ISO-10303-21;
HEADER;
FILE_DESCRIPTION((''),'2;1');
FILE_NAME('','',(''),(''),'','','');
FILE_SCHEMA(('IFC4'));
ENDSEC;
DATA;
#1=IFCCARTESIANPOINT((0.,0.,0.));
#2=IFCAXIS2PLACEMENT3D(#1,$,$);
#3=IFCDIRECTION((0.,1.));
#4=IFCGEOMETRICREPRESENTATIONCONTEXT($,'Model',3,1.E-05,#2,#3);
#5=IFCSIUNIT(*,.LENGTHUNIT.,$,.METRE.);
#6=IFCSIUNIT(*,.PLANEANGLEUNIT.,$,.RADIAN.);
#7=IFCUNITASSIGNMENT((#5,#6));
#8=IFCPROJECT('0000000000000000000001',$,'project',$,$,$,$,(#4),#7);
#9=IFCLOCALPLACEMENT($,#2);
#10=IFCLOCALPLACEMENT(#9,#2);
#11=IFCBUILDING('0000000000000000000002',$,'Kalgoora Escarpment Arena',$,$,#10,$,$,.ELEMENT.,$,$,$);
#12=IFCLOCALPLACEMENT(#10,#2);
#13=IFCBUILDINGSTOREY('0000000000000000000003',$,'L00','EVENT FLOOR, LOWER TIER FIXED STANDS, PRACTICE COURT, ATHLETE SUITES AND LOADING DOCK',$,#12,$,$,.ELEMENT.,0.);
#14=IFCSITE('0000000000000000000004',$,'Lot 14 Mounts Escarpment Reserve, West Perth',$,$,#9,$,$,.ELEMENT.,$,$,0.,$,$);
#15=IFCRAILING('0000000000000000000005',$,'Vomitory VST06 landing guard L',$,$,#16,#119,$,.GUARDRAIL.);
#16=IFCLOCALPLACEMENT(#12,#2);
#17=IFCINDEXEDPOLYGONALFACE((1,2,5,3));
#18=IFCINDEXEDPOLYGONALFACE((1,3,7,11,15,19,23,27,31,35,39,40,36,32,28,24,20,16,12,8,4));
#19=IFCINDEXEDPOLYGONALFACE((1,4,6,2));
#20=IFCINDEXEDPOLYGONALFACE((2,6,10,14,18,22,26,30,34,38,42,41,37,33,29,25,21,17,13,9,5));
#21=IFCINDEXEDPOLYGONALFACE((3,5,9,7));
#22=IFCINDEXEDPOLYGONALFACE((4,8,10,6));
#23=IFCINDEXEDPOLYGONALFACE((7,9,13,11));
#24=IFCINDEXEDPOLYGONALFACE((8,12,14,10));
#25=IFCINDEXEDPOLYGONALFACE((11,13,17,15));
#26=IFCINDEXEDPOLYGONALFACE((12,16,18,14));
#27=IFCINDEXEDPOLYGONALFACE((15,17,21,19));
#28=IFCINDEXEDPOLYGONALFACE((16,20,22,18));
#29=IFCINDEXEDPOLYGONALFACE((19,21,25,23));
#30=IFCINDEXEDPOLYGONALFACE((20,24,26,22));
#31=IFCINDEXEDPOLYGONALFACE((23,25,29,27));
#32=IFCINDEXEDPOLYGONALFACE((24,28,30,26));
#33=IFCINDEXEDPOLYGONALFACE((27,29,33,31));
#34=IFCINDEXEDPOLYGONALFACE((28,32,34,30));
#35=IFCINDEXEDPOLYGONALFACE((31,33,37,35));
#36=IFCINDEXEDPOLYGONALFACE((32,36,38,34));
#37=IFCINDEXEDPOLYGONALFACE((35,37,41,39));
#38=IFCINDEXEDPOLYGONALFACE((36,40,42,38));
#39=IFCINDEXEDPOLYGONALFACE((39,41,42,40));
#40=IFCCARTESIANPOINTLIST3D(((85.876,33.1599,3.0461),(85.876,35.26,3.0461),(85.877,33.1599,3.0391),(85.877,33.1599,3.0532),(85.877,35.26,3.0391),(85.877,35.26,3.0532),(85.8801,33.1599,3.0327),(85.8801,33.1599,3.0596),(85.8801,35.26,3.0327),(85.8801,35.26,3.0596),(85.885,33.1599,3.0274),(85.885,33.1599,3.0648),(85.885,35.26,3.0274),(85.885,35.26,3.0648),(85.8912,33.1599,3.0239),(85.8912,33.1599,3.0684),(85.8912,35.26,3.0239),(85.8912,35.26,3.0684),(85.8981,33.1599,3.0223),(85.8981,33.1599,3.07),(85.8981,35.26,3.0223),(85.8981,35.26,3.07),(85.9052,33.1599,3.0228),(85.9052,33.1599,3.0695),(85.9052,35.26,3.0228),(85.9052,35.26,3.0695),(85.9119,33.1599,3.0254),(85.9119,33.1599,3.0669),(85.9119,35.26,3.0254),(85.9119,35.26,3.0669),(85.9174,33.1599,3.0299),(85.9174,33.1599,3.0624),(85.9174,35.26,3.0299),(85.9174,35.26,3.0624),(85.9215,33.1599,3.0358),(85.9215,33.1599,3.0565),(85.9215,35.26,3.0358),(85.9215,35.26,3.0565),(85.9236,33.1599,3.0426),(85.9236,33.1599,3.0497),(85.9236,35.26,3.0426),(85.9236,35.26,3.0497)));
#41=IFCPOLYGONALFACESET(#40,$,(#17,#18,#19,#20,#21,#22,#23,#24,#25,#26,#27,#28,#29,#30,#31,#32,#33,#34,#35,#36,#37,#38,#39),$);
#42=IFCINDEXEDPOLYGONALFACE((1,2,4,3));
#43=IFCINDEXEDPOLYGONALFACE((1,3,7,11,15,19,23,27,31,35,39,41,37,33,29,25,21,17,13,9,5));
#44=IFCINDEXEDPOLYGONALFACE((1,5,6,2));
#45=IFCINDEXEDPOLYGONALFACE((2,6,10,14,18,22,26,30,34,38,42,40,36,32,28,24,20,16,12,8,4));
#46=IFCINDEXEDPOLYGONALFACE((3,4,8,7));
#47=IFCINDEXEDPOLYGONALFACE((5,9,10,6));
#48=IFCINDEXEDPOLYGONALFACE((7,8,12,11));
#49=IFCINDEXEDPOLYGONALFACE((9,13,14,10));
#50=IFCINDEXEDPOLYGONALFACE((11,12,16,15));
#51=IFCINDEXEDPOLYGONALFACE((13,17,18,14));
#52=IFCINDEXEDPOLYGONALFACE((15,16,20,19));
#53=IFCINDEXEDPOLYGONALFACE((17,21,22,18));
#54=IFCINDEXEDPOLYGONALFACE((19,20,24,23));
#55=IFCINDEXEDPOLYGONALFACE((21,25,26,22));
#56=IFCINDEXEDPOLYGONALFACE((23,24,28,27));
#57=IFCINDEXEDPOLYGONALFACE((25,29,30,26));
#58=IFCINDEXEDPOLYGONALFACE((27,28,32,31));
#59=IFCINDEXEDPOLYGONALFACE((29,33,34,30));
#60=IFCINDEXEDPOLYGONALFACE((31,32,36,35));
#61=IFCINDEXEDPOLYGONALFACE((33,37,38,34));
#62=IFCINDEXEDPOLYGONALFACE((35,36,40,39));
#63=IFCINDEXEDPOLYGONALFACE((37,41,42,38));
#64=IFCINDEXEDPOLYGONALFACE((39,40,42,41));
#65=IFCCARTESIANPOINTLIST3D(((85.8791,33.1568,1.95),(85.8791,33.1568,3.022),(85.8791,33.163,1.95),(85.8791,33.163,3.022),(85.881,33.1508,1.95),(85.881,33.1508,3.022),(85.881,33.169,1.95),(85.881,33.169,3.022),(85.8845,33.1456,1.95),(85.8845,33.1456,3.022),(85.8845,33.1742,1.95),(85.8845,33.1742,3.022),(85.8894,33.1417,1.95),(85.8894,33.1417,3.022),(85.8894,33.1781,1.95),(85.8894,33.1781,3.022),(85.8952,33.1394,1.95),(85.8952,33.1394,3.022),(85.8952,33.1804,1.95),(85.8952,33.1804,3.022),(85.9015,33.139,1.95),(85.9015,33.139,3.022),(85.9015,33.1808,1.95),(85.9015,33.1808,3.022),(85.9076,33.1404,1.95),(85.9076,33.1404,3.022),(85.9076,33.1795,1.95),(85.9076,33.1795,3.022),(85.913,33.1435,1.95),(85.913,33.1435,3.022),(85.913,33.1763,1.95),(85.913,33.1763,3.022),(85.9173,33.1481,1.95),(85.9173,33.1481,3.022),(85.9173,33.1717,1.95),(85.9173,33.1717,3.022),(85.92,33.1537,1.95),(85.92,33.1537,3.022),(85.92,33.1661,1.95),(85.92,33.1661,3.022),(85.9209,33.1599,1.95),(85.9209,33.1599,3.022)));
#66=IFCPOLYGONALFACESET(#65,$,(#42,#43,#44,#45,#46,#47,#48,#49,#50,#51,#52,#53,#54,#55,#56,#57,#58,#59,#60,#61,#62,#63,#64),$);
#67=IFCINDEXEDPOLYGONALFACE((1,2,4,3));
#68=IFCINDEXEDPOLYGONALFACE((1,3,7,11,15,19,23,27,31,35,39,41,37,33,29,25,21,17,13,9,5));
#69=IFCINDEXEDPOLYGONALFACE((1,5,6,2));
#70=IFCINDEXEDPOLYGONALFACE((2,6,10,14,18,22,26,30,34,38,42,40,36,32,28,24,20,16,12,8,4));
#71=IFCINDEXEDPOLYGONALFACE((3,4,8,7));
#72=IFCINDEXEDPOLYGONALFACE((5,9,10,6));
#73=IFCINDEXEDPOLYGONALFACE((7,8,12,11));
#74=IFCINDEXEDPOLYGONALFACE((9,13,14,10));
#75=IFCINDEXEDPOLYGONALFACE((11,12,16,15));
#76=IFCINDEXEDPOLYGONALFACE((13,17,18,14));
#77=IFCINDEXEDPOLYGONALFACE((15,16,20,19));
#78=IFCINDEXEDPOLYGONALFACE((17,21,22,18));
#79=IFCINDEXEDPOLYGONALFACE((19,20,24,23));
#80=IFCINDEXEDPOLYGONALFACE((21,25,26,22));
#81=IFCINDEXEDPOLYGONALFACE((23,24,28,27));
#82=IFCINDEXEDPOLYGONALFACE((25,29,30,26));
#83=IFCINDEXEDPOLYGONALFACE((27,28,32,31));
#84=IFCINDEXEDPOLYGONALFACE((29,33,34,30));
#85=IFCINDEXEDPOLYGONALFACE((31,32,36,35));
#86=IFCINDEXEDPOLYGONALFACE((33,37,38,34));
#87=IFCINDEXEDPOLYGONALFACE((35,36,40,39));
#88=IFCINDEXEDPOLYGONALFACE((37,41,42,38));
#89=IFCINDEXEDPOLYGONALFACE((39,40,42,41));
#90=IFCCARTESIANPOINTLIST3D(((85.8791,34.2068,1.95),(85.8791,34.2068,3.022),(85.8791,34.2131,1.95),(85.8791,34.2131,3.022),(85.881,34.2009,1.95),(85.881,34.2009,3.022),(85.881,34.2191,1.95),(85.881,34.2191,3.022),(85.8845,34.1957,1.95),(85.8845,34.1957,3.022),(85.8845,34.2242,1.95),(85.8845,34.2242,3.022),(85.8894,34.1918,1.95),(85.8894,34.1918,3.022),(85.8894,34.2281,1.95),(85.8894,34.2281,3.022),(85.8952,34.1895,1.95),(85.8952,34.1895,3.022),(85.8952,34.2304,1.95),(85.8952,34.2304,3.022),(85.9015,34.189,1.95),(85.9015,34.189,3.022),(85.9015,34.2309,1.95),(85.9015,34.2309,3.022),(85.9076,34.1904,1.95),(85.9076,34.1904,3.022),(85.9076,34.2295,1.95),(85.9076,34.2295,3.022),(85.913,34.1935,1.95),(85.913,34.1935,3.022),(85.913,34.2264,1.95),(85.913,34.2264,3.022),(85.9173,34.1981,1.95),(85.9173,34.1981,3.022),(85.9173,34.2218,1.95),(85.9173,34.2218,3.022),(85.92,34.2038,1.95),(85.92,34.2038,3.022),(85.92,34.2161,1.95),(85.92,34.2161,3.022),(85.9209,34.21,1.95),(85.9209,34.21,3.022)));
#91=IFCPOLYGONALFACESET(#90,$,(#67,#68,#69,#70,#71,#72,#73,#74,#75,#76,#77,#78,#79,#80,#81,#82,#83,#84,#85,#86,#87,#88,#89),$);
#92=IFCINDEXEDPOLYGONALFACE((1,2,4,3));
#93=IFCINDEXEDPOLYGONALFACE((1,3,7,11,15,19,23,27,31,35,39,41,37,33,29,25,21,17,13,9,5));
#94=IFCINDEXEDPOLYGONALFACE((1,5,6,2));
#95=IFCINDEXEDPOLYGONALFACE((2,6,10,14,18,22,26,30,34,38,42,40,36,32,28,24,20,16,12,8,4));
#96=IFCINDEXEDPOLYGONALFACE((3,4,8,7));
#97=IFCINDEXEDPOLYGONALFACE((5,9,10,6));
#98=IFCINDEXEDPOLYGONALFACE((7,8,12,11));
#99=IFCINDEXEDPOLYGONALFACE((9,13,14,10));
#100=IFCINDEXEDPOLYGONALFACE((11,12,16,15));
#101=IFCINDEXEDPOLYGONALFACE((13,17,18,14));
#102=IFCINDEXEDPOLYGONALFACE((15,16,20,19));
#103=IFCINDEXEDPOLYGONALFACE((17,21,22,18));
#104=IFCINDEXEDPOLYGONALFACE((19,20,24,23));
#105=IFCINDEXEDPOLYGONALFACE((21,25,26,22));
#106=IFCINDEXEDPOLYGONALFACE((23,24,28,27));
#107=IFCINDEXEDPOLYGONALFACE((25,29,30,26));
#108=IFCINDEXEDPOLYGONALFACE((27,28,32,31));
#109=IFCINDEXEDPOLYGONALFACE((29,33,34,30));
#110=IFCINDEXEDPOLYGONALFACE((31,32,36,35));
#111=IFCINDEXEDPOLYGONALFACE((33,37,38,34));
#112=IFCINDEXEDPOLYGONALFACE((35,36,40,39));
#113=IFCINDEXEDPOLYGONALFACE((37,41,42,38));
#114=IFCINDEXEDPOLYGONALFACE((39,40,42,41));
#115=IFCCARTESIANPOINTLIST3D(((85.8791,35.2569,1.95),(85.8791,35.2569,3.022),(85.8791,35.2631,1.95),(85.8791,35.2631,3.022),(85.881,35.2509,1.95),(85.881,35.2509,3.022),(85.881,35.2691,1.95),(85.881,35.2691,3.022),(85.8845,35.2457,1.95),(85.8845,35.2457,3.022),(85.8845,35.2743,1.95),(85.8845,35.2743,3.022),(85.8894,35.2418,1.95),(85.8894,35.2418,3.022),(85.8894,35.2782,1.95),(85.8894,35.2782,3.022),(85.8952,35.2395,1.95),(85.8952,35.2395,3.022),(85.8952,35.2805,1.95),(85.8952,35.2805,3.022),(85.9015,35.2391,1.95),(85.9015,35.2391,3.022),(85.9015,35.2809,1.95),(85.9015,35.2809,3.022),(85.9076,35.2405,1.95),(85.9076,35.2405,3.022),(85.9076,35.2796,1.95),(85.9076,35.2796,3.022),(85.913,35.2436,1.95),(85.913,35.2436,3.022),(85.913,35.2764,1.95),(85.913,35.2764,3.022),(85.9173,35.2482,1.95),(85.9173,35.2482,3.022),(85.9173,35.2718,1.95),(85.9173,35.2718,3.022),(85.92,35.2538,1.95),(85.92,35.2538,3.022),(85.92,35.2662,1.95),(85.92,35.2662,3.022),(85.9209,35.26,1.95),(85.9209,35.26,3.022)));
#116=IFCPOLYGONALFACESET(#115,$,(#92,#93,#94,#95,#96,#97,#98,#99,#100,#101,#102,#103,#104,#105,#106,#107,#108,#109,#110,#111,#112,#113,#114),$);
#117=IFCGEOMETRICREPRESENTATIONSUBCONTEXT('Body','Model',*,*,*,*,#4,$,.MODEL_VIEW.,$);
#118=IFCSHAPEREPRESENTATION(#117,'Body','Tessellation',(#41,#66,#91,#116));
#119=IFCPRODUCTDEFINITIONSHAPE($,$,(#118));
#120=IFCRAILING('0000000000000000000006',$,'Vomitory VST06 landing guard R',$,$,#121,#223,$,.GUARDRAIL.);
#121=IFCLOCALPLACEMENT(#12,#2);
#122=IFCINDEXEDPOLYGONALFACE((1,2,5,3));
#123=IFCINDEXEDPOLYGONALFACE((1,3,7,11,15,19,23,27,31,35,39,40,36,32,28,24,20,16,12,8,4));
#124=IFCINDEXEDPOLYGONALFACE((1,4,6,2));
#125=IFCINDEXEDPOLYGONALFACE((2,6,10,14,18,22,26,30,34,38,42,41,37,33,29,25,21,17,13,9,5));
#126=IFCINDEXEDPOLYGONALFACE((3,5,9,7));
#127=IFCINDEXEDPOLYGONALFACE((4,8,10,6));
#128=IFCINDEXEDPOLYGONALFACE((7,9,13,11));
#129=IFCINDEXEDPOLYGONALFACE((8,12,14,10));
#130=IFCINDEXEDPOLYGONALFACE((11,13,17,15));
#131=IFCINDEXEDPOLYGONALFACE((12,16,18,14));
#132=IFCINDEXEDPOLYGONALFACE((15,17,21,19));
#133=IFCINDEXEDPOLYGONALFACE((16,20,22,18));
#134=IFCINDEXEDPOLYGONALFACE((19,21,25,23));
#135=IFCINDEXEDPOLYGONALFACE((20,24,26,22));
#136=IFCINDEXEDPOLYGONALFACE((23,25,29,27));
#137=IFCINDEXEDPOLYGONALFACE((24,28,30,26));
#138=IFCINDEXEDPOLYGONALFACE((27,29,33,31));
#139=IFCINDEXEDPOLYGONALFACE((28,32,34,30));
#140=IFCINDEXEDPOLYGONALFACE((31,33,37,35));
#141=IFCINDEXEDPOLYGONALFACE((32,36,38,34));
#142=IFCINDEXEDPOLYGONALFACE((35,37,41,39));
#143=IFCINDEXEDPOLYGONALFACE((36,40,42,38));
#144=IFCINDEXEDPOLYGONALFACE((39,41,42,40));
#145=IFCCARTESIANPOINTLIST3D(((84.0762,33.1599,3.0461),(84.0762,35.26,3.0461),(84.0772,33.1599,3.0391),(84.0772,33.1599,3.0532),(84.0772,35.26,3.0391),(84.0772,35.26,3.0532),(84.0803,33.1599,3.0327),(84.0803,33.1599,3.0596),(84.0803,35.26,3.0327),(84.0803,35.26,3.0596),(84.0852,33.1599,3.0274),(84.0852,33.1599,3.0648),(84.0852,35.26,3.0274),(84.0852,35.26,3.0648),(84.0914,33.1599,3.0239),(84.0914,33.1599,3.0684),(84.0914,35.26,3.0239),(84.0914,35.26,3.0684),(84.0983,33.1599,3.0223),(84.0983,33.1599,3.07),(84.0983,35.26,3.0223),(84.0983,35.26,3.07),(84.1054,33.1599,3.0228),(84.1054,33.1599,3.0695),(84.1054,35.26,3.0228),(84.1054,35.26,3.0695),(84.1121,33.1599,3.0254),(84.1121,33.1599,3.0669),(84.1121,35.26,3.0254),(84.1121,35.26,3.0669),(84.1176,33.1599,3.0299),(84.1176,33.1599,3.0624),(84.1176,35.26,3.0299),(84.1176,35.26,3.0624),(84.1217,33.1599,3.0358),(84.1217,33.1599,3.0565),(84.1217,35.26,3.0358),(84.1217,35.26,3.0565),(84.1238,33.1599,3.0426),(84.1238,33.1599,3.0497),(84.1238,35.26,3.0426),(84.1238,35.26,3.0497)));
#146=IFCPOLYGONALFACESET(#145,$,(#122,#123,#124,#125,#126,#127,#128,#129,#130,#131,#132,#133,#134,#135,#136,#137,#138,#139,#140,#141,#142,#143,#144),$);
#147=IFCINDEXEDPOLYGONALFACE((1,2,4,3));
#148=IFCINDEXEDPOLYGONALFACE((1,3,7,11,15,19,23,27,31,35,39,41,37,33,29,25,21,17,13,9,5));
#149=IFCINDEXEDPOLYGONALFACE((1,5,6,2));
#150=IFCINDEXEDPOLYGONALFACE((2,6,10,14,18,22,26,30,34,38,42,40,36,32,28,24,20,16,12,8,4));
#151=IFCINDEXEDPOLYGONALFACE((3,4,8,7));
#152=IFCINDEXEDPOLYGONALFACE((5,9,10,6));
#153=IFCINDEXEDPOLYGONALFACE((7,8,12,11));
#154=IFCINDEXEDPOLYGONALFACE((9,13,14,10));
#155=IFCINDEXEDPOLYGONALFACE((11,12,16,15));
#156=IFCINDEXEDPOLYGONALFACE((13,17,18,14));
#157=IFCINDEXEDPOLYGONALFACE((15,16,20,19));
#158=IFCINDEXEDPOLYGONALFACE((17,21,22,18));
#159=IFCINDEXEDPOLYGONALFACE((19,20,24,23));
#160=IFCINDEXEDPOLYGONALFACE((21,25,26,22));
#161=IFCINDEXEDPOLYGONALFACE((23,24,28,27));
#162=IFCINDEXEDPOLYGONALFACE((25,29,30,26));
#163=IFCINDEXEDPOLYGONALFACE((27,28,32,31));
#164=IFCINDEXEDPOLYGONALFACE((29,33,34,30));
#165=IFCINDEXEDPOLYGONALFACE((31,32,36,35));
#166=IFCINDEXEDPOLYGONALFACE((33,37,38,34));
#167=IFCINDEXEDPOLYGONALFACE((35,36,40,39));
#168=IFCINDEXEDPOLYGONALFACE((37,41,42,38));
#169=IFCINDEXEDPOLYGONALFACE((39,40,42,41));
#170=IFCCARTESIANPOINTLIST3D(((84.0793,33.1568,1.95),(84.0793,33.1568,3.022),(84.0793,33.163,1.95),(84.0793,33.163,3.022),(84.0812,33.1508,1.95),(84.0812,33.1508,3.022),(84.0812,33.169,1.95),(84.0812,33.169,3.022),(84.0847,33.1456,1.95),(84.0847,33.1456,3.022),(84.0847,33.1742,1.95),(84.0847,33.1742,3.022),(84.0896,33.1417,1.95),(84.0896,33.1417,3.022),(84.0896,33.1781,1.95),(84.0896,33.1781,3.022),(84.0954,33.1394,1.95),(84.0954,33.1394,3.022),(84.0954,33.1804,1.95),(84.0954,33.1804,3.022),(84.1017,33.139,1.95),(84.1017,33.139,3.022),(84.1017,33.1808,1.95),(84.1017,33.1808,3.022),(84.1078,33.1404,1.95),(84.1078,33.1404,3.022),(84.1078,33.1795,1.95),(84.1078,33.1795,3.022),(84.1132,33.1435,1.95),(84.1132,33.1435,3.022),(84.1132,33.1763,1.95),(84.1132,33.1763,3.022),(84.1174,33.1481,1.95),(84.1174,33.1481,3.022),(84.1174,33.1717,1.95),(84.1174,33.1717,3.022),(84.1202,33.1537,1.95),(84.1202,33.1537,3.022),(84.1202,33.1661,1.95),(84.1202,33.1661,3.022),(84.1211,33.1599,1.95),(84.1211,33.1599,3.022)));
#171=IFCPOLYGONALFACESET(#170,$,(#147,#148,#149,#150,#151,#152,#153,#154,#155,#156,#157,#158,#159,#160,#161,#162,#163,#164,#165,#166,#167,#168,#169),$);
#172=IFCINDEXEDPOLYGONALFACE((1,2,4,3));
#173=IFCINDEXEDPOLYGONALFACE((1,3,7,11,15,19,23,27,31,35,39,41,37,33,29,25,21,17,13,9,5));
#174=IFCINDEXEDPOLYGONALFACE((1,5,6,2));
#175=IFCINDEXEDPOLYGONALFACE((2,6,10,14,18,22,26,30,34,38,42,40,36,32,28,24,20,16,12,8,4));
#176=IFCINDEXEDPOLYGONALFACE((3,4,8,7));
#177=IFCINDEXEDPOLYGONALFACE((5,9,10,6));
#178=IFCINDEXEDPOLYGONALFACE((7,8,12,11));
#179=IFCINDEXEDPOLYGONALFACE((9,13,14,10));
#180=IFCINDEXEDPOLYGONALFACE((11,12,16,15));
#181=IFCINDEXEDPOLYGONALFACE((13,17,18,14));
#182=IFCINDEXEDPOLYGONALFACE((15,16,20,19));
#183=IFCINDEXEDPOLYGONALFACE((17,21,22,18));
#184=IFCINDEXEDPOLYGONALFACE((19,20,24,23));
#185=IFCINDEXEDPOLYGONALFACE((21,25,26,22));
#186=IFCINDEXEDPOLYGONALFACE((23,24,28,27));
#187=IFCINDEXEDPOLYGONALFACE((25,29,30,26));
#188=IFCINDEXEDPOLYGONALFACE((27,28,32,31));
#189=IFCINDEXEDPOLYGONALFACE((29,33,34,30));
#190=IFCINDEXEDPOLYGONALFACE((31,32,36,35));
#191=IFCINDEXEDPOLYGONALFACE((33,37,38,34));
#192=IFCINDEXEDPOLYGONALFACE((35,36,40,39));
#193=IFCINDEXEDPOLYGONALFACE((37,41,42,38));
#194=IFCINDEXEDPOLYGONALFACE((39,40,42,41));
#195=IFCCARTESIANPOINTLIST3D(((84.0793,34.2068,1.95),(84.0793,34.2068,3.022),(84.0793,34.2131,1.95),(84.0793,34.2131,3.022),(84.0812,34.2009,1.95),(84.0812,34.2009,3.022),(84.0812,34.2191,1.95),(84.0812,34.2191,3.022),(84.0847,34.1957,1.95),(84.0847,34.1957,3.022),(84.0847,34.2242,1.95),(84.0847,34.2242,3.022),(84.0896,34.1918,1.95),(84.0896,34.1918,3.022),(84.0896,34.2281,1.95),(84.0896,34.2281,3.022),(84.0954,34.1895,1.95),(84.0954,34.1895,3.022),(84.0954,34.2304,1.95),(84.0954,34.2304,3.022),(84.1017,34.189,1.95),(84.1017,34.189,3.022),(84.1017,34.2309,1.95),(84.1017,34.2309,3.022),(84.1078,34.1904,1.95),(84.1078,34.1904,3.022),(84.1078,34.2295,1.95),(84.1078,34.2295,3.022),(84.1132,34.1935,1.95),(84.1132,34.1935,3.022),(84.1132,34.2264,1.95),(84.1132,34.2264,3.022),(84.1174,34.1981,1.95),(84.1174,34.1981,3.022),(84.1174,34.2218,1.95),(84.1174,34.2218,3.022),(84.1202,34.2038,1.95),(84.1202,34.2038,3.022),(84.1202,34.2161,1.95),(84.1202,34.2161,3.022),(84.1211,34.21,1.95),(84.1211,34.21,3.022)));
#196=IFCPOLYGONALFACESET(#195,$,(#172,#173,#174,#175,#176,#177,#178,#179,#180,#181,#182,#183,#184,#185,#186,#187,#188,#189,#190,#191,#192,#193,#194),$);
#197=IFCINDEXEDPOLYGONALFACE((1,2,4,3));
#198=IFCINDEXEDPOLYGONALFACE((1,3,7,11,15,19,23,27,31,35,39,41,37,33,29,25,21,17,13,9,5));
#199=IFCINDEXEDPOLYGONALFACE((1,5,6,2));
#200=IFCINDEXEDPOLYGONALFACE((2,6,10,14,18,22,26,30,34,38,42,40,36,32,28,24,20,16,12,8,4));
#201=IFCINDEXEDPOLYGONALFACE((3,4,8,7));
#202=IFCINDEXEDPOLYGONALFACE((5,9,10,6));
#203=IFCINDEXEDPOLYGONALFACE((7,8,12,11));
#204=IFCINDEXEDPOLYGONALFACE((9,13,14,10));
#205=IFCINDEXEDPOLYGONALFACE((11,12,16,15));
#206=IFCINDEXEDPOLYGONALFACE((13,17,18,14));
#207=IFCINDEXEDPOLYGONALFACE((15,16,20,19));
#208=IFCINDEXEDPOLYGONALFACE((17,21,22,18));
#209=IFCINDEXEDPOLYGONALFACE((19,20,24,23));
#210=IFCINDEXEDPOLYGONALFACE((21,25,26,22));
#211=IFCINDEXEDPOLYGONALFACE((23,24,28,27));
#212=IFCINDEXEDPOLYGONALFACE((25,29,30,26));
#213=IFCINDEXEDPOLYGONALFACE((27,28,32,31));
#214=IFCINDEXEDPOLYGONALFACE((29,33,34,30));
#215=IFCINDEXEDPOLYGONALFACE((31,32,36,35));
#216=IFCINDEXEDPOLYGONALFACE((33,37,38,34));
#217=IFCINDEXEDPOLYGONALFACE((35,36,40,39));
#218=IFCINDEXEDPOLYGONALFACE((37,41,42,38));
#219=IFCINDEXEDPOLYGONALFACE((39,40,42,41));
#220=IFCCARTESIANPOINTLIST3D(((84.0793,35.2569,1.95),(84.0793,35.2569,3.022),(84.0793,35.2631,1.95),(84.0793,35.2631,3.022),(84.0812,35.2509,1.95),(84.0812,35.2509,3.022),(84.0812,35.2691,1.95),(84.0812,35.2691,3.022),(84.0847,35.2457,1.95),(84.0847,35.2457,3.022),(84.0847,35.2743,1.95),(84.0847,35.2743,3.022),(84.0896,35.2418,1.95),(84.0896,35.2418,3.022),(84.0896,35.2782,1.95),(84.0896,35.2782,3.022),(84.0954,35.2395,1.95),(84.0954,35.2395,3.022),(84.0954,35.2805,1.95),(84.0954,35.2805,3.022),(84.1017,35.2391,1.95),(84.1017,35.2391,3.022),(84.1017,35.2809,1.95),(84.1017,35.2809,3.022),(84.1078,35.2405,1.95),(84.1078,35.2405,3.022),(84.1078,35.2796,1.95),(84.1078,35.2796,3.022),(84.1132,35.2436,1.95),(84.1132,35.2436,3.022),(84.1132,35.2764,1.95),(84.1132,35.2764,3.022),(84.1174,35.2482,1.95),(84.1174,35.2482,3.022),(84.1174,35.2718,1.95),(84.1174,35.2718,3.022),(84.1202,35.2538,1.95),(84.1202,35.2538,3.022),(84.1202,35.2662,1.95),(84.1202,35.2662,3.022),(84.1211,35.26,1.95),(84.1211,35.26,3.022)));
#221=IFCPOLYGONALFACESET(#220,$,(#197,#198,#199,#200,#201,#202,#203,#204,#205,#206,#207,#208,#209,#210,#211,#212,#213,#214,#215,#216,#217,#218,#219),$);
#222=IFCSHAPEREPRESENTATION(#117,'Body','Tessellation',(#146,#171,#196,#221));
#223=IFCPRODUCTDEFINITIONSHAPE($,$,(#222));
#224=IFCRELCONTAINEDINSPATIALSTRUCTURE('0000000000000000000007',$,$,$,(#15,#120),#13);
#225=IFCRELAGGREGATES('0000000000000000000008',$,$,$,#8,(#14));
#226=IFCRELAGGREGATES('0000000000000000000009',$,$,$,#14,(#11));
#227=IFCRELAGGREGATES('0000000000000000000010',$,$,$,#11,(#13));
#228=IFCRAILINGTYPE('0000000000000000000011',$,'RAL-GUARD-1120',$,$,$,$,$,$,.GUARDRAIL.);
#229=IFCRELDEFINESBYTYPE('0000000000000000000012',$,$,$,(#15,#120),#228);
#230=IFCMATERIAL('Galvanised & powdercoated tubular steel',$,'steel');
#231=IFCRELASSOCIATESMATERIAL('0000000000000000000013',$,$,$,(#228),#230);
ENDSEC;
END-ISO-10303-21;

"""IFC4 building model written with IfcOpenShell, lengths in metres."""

from ifc_helpers import new_model, si_unit, direction, frame, origin, origin_2d, place, context, subcontext, project, spatial, circle, extrude, material, type_object, element, save


model = new_model("IFC4")

# Units and contexts
model_context = context("Model", 3, precision=1e-05, world=origin(), true_north=direction((0.0, 1.0)))
body_context = subcontext(model_context, "Body", "Model", "MODEL_VIEW")
ifc_project = project(units=[si_unit("LENGTHUNIT", "METRE"), si_unit("PLANEANGLEUNIT", "RADIAN")], contexts=[model_context])

# Site, building, storey
site_placement = place(None, origin())
site = spatial("IfcSite", under=ifc_project, at=site_placement, Name="Lot 14 Mounts Escarpment Reserve, West Perth", CompositionType="ELEMENT", RefElevation=0.0)
building_placement = place(site_placement, origin())
building = spatial("IfcBuilding", under=site, at=building_placement, Name="Kalgoora Escarpment Arena", CompositionType="ELEMENT")
storey_placement = place(building_placement, origin())
storey = spatial("IfcBuildingStorey", under=building, at=storey_placement, Name="L00", Description="EVENT FLOOR, LOWER TIER FIXED STANDS, PRACTICE COURT, ATHLETE SUITES AND LOADING DOCK", CompositionType="ELEMENT", Elevation=0.0)

# Railings
ifc_material_1 = material(Name="Galvanised & powdercoated tubular steel", Category="steel")
railing_type_1 = type_object("IfcRailingType", Name="RAL-GUARD-1120", PredefinedType="GUARDRAIL", material=ifc_material_1)
for number, where, name in (
    (1, (85.8999, 33.1599, 1.95), "Vomitory VST06 landing guard L"),
    (2, (84.1001, 33.1599, 1.95), "Vomitory VST06 landing guard R"),
):
    element("IfcRailing", number, at=place(storey_placement, frame(where)), inside=storey, type_object=railing_type_1, Name=name, PredefinedType="GUARDRAIL", context=body_context, shape_type="SweptSolid", body=[
        extrude(circle(Radius=0.0239, at=origin_2d()), frame((0.0, 0.0, 1.0962), z_axis=(0.0, 1.0, 0.0), x_axis=(-1.0, 0.0, 0.0)), (0.0, 0.0, 1.0), 2.1001),
        extrude(circle(Radius=0.021, at=origin_2d()), origin(), (0.0, 0.0, 1.0), 1.072),
        extrude(circle(Radius=0.021, at=origin_2d()), frame((0.0, 1.05, 0.0)), (0.0, 0.0, 1.0), 1.072),
        extrude(circle(Radius=0.021, at=origin_2d()), frame((0.0, 2.1001, 0.0)), (0.0, 0.0, 1.0), 1.072),
    ])

save(model, "model.ifc")
